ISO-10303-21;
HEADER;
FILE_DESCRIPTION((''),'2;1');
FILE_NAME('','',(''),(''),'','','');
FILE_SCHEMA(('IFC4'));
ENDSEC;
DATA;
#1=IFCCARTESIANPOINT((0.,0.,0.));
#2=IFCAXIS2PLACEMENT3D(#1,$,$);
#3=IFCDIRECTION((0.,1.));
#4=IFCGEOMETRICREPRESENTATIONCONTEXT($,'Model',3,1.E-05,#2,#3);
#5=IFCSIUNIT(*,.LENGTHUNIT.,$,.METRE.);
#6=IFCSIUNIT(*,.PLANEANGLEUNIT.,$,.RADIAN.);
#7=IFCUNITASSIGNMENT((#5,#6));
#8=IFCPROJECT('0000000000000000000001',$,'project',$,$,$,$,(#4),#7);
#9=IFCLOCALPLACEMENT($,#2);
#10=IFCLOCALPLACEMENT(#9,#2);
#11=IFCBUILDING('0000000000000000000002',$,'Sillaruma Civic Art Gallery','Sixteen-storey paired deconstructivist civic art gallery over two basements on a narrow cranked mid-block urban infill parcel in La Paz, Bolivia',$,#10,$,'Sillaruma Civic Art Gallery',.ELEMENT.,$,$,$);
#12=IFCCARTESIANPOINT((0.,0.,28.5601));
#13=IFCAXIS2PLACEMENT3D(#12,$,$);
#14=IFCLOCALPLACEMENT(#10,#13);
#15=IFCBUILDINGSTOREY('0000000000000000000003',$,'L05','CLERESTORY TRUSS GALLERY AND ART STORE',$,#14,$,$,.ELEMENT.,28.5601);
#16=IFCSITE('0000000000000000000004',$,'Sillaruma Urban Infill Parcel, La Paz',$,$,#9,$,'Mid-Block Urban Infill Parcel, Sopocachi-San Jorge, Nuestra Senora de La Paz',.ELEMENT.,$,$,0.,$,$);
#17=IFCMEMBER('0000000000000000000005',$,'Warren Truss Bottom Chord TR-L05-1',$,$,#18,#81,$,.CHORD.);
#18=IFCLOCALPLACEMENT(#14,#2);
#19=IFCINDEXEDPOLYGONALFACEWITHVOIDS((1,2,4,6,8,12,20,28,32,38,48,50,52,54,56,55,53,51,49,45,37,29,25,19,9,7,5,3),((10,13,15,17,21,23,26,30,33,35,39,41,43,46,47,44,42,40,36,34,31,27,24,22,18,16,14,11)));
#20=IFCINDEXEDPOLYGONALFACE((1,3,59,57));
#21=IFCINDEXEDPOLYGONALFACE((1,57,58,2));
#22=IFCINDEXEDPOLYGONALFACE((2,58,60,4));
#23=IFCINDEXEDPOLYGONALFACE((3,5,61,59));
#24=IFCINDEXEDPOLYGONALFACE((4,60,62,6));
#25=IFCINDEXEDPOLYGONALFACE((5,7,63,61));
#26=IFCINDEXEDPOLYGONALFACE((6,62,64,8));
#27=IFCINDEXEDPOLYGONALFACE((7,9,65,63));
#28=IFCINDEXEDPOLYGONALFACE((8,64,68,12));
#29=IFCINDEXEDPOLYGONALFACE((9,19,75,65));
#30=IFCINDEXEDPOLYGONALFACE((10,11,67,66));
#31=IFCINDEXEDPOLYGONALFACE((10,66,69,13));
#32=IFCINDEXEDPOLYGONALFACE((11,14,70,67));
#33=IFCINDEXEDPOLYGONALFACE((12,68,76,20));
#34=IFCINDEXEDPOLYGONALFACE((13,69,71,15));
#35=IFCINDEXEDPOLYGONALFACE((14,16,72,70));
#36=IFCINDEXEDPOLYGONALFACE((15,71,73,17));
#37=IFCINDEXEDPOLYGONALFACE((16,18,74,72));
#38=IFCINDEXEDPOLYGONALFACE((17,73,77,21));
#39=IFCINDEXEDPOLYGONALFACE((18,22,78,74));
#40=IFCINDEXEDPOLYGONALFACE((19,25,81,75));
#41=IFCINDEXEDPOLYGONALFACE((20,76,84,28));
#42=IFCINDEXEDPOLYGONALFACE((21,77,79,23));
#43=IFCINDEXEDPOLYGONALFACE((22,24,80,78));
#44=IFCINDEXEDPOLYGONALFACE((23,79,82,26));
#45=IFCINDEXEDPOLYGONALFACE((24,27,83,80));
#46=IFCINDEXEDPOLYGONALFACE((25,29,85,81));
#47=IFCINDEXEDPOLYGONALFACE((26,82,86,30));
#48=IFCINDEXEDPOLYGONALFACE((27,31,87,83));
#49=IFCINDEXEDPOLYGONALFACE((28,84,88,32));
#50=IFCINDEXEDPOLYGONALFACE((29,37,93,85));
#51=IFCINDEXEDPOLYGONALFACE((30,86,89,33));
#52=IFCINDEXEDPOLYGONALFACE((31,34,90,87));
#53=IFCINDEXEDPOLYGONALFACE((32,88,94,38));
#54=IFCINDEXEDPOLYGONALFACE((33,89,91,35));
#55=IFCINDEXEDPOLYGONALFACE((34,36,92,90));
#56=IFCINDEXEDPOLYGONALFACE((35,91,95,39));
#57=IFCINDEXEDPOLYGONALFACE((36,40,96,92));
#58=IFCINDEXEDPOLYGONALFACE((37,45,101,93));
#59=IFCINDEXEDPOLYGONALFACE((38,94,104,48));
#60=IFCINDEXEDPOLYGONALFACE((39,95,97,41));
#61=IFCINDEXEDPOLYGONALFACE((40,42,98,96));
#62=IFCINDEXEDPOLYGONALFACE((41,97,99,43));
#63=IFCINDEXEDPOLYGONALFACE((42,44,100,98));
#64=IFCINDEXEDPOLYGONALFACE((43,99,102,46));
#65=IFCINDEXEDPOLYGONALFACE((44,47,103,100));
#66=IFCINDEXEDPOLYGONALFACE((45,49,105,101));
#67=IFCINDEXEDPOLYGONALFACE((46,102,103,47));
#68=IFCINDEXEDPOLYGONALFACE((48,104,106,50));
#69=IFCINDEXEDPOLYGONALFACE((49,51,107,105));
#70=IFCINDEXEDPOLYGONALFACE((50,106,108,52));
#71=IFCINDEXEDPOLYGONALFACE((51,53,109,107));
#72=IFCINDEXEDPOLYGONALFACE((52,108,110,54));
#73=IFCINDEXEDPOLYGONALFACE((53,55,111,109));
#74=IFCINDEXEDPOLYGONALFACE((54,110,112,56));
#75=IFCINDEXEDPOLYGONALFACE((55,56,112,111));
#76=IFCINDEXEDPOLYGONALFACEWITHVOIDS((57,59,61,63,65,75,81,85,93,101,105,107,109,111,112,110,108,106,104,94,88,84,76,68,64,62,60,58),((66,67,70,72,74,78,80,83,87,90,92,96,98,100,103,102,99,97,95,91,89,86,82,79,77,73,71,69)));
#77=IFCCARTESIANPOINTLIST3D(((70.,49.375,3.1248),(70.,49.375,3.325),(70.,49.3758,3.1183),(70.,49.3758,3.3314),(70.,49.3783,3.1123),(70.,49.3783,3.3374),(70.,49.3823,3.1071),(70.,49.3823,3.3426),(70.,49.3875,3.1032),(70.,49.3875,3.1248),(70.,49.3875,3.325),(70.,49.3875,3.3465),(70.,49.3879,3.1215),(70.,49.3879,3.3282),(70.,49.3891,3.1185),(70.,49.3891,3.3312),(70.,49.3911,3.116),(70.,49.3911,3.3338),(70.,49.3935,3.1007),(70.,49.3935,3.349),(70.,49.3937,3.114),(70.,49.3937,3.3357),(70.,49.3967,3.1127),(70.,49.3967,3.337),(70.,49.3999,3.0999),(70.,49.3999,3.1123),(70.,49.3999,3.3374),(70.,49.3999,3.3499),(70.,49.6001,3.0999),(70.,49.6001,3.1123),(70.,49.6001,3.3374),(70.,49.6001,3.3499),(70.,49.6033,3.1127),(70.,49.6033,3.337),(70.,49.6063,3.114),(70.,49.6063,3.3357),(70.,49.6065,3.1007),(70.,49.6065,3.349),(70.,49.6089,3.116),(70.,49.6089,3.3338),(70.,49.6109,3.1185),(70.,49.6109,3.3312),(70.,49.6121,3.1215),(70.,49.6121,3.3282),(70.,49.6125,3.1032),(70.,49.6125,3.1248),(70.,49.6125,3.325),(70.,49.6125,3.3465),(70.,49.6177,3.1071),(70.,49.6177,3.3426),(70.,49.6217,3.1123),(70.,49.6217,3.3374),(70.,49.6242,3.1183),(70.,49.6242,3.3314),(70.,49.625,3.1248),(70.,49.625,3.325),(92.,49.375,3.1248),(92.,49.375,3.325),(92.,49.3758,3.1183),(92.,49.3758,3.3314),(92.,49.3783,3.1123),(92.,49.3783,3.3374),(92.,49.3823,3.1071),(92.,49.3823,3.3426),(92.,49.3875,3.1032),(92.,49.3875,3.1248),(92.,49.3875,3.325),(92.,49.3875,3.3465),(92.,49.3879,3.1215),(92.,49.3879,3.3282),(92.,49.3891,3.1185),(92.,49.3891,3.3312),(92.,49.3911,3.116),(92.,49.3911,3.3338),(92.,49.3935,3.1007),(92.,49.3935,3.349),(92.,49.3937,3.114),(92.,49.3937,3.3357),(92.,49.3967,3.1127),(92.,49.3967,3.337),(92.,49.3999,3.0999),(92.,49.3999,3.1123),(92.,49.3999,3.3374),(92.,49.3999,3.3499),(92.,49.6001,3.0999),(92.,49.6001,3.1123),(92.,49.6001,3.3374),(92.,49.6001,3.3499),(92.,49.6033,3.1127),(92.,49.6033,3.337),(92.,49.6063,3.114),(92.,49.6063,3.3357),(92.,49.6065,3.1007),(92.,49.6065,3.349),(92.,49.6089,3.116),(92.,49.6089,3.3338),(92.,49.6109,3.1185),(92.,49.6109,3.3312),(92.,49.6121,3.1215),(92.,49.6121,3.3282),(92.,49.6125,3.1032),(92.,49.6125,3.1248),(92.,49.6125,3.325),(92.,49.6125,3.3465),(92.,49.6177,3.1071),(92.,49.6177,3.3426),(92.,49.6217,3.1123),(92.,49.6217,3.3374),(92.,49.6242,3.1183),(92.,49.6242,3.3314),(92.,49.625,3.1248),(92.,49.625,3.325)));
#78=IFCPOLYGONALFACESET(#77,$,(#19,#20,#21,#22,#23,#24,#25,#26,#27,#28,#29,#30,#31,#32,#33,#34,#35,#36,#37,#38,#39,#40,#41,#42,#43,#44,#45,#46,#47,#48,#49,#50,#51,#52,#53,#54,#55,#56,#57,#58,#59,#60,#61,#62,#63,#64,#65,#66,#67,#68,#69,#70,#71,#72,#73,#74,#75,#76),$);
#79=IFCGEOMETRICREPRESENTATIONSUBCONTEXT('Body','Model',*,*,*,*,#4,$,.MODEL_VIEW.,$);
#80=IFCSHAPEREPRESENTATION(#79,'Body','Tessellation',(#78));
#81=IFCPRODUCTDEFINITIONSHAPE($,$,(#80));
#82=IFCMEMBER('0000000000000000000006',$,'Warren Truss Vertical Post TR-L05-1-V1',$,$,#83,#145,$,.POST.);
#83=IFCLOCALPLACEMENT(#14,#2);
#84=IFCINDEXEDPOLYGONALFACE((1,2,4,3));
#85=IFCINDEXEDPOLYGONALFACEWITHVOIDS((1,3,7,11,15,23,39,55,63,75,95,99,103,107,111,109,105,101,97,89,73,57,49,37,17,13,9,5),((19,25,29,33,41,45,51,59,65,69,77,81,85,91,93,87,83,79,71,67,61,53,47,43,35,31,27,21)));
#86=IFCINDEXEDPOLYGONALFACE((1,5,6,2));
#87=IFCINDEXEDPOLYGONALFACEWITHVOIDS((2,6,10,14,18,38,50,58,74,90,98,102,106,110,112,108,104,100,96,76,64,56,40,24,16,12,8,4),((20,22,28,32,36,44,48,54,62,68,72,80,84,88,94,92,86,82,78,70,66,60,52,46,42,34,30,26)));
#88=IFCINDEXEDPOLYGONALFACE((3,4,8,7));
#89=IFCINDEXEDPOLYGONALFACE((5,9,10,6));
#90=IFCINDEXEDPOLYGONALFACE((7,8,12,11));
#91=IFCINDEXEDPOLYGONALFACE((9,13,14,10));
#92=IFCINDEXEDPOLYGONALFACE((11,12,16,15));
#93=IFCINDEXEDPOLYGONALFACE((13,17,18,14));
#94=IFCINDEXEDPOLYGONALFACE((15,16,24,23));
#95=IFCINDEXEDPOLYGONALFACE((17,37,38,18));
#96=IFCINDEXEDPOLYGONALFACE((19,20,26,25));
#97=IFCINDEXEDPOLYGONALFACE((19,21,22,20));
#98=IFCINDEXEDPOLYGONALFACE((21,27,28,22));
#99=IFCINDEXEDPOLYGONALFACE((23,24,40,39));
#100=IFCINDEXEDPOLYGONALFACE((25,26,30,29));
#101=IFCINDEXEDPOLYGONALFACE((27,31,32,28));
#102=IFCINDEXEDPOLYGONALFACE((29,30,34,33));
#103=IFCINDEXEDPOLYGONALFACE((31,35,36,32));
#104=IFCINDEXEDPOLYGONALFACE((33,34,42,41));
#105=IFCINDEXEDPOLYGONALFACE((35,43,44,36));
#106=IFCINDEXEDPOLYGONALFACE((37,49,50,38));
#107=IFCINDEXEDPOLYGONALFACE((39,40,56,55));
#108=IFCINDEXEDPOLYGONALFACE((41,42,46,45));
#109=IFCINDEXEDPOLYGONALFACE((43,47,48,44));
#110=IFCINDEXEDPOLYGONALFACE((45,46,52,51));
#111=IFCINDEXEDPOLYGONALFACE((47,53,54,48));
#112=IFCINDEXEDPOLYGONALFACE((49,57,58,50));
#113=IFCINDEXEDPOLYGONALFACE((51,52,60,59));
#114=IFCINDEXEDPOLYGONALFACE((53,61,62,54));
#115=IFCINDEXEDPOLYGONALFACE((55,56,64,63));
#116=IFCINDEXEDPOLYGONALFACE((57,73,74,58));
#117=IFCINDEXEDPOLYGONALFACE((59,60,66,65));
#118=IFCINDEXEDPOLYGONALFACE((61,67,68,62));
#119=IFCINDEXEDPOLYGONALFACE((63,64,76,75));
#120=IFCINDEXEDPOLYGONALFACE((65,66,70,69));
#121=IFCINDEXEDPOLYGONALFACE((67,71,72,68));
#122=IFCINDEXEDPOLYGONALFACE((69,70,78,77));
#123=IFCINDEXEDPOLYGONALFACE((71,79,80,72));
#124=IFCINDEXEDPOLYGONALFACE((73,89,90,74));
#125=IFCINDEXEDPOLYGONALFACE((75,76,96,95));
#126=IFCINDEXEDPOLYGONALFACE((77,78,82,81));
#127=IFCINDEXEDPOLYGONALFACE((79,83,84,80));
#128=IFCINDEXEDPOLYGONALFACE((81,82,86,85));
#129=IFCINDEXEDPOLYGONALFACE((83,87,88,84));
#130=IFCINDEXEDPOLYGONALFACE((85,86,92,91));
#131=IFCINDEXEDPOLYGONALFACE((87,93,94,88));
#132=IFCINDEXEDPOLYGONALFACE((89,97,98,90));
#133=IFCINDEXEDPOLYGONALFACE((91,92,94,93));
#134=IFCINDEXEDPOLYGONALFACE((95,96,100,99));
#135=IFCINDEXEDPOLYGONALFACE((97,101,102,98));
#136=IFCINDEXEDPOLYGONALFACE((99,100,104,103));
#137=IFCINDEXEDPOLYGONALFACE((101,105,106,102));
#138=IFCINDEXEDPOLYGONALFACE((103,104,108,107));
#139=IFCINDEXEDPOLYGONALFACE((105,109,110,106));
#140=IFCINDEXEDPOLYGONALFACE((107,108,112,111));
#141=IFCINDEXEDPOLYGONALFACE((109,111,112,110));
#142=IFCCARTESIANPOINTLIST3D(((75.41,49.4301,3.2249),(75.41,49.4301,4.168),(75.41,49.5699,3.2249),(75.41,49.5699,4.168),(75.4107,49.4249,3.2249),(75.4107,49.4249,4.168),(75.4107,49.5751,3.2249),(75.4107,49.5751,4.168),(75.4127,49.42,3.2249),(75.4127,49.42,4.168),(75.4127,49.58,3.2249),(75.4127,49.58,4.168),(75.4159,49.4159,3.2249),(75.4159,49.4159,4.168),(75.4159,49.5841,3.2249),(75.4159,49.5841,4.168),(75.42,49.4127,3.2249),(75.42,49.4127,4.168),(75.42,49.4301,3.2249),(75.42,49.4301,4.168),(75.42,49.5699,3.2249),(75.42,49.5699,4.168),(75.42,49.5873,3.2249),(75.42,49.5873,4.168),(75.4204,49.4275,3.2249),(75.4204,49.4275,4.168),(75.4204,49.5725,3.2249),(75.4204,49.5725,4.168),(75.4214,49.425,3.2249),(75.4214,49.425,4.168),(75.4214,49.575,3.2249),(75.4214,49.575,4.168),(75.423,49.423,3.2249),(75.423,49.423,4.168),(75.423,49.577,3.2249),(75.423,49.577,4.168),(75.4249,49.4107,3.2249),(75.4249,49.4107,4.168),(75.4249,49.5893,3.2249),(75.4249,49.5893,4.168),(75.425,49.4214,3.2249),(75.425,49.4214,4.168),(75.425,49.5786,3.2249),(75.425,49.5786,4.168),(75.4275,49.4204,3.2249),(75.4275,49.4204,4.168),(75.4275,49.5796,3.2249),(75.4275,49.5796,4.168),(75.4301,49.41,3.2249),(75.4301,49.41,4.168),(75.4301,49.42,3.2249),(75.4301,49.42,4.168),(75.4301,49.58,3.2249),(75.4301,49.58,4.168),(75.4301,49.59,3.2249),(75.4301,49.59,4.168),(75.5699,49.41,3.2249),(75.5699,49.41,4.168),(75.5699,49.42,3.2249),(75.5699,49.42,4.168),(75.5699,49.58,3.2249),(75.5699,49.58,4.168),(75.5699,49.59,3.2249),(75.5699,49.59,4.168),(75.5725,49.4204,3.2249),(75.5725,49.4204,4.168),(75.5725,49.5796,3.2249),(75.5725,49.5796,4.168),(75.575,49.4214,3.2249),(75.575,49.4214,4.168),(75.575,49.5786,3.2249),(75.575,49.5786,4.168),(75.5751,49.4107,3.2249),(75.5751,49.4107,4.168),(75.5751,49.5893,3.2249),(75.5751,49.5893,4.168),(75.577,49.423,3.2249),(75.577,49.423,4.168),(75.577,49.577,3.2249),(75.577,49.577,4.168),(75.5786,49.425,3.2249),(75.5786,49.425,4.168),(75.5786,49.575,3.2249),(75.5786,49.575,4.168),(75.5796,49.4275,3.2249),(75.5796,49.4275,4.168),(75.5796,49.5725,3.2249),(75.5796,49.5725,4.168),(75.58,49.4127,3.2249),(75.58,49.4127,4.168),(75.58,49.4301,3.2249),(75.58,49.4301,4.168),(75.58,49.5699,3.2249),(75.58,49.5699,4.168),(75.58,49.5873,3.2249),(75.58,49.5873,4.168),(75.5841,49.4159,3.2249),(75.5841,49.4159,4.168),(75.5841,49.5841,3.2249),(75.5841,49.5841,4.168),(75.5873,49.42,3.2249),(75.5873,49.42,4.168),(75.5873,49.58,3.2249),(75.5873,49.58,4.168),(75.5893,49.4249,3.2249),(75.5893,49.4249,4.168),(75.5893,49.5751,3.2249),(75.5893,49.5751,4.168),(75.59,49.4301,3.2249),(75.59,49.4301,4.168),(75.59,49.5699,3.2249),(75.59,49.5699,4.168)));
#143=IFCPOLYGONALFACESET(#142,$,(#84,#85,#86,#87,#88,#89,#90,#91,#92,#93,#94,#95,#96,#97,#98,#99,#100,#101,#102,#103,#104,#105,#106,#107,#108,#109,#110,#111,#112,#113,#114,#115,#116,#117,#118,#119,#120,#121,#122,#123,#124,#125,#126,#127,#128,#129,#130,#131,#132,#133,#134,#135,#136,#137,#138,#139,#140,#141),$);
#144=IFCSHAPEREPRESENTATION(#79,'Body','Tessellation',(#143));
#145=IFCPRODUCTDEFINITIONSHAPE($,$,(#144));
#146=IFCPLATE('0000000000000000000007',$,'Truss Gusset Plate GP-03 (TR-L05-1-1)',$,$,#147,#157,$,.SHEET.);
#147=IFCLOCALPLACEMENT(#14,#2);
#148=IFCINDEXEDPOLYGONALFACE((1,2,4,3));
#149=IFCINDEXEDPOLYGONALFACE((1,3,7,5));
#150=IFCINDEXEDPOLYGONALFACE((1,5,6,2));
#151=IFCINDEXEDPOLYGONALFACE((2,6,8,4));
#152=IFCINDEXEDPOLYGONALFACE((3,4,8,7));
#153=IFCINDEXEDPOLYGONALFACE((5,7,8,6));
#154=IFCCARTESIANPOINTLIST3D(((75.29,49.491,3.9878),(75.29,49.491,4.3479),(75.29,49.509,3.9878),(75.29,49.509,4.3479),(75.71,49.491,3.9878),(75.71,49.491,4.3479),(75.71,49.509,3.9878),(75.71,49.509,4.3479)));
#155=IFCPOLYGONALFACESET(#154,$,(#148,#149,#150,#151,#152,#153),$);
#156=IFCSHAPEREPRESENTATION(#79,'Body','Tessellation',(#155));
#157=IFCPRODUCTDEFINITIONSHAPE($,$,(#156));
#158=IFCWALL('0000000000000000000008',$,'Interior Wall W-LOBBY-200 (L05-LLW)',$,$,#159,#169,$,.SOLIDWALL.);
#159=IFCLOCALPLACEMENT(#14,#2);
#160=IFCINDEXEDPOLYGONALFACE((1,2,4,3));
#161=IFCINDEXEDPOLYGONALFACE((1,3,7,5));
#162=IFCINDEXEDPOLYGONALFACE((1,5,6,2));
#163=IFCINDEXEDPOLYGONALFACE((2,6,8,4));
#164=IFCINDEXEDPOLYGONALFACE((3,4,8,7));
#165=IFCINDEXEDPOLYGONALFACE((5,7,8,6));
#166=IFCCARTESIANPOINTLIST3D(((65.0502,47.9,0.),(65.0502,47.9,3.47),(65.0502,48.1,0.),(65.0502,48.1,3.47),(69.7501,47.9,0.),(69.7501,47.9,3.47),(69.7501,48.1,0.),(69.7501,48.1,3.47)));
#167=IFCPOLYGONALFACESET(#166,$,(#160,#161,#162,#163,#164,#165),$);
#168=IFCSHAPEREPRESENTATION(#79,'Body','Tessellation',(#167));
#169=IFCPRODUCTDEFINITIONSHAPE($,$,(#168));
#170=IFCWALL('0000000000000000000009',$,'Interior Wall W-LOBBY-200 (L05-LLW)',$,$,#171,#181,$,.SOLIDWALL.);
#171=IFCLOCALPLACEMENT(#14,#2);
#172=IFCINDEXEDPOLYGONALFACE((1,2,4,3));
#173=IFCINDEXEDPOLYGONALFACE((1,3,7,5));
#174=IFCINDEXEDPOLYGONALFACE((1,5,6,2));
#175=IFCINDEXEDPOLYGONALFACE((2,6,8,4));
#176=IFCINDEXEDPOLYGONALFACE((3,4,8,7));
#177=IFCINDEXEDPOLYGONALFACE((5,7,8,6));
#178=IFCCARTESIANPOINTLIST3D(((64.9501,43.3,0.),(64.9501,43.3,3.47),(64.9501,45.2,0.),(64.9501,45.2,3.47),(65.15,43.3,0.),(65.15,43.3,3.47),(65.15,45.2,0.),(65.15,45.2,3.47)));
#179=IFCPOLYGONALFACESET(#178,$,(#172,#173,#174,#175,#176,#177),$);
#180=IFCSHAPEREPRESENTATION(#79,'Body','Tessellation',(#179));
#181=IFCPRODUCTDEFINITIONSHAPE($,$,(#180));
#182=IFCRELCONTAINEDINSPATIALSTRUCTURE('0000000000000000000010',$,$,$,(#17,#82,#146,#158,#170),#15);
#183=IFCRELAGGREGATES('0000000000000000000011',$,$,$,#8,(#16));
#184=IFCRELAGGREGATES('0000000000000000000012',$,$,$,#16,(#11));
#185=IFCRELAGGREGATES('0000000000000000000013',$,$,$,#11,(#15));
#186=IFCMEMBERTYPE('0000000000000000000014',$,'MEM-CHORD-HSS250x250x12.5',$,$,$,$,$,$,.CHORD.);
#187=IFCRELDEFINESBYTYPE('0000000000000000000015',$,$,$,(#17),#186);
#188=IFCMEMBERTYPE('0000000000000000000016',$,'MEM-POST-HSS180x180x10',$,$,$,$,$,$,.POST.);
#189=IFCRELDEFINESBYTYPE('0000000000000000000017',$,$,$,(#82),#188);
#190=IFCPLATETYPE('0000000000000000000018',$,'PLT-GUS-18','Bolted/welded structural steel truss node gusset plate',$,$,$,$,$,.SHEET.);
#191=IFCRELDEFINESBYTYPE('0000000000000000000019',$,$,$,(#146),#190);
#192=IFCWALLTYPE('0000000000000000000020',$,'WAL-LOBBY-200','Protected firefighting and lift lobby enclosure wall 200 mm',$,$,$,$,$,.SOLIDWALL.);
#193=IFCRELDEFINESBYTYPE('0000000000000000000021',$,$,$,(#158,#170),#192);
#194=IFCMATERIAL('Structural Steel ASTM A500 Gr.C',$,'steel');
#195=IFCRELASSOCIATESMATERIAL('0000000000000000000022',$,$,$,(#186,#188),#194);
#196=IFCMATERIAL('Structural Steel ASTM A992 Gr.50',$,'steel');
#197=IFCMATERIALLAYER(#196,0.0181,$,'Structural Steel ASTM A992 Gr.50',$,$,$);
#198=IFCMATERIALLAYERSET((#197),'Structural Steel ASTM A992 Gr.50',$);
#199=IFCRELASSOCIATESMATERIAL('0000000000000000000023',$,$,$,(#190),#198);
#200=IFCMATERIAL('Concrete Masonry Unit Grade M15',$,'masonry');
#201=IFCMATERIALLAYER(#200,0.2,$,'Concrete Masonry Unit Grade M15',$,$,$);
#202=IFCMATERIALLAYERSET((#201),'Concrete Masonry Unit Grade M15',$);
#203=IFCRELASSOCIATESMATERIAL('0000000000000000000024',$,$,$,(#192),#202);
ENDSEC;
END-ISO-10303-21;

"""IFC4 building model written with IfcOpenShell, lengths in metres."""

from ifc_helpers import new_model, si_unit, direction, frame, frame_2d, origin, origin_2d, place, context, subcontext, project, spatial, rectangle, hollow_rectangle, extrude, material, layer, layer_set, material_profile, profile_set, type_object, element, save


model = new_model("IFC4")

# Units and contexts
model_context = context("Model", 3, precision=1e-05, world=origin(), true_north=direction((0.0, 1.0)))
body_context = subcontext(model_context, "Body", "Model", "MODEL_VIEW")
ifc_project = project(units=[si_unit("LENGTHUNIT", "METRE"), si_unit("PLANEANGLEUNIT", "RADIAN")], contexts=[model_context])

# Site, building, storey
site_placement = place(None, origin())
site = spatial("IfcSite", under=ifc_project, at=site_placement, Name="Sillaruma Urban Infill Parcel, La Paz", LongName="Mid-Block Urban Infill Parcel, Sopocachi-San Jorge, Nuestra Senora de La Paz", CompositionType="ELEMENT", RefElevation=0.0)
building_placement = place(site_placement, origin())
building = spatial("IfcBuilding", under=site, at=building_placement, Name="Sillaruma Civic Art Gallery", Description="Sixteen-storey paired deconstructivist civic art gallery over two basements on a narrow cranked mid-block urban infill parcel in La Paz, Bolivia", LongName="Sillaruma Civic Art Gallery", CompositionType="ELEMENT")
storey_placement = place(building_placement, frame((0.0, 0.0, 28.5601)))
storey = spatial("IfcBuildingStorey", under=building, at=storey_placement, Name="L05", Description="CLERESTORY TRUSS GALLERY AND ART STORE", CompositionType="ELEMENT", Elevation=28.5601)

# Shared definitions
ifc_material_1 = material(Name="Structural Steel ASTM A992 Gr.50", Category="steel")

# Members
ifc_material_2 = material(Name="Structural Steel ASTM A500 Gr.C", Category="steel")
ifc_material_profile_1 = material_profile(ifc_material_2, hollow_rectangle(XDim=0.25, YDim=0.25, WallThickness=0.0125, InnerFilletRadius=0.0125, OuterFilletRadius=0.0249, at=origin_2d()), Name="HSS250x250x12.5")
ifc_profile_set_1 = profile_set([ifc_material_profile_1], Name="Structural Steel ASTM A500 Gr.C")
member_type_1 = type_object("IfcMemberType", Name="MEM-CHORD-HSS250x250x12.5", PredefinedType="CHORD", material=ifc_profile_set_1)
member_1_placement = place(storey_placement, frame((70.0, 49.5, 3.2249), z_axis=(1.0, 0.0, 0.0), x_axis=(0.0, 1.0, 0.0)))
element("IfcMember", 1, at=member_1_placement, inside=storey, type_object=member_type_1, Name="Warren Truss Bottom Chord TR-L05-1", PredefinedType="CHORD", context=body_context, shape_type="SweptSolid", body=[
    extrude(hollow_rectangle(XDim=0.25, YDim=0.25, WallThickness=0.0125, InnerFilletRadius=0.0125, OuterFilletRadius=0.0249, at=origin_2d()), origin(), (0.0, 0.0, 1.0), 22.0),
])
ifc_material_profile_2 = material_profile(ifc_material_2, hollow_rectangle(XDim=0.1799, YDim=0.1799, WallThickness=0.01, InnerFilletRadius=0.01, OuterFilletRadius=0.02, at=origin_2d()), Name="HSS180x180x10")
ifc_profile_set_2 = profile_set([ifc_material_profile_2], Name="Structural Steel ASTM A500 Gr.C")
member_type_2 = type_object("IfcMemberType", Name="MEM-POST-HSS180x180x10", PredefinedType="POST", material=ifc_profile_set_2)
member_2_placement = place(storey_placement, frame((75.5, 49.5, 3.2249), z_axis=(0.0, 0.0, 1.0), x_axis=(1.0, 0.0, 0.0)))
element("IfcMember", 2, at=member_2_placement, inside=storey, type_object=member_type_2, Name="Warren Truss Vertical Post TR-L05-1-V1", PredefinedType="POST", context=body_context, shape_type="SweptSolid", body=[
    extrude(hollow_rectangle(XDim=0.1799, YDim=0.1799, WallThickness=0.01, InnerFilletRadius=0.01, OuterFilletRadius=0.02, at=origin_2d()), origin(), (0.0, 0.0, 1.0), 0.9431),
])

# Plate
ifc_layer_1 = layer(ifc_material_1, 0.0181, Name="Structural Steel ASTM A992 Gr.50")
ifc_layer_set_1 = layer_set([ifc_layer_1], Name="Structural Steel ASTM A992 Gr.50")
plate_type = type_object("IfcPlateType", Name="PLT-GUS-18", Description="Bolted/welded structural steel truss node gusset plate", PredefinedType="SHEET", material=ifc_layer_set_1)
plate_placement = place(storey_placement, frame((75.5, 49.5, 3.9878), z_axis=(0.0, 0.0, 1.0), x_axis=(1.0, 0.0, 0.0)))
element("IfcPlate", 3, at=plate_placement, inside=storey, type_object=plate_type, Name="Truss Gusset Plate GP-03 (TR-L05-1-1)", PredefinedType="SHEET", context=body_context, shape_type="SweptSolid", body=[
    extrude(rectangle(XDim=0.4199, YDim=0.0181, at=origin_2d()), origin(), (0.0, 0.0, 1.0), 0.3601),
])

# Walls
ifc_material_3 = material(Name="Concrete Masonry Unit Grade M15", Category="masonry")
ifc_layer_2 = layer(ifc_material_3, 0.2, Name="Concrete Masonry Unit Grade M15")
ifc_layer_set_2 = layer_set([ifc_layer_2], Name="Concrete Masonry Unit Grade M15")
wall_type_1 = type_object("IfcWallType", Name="WAL-LOBBY-200", Description="Protected firefighting and lift lobby enclosure wall 200 mm", PredefinedType="SOLIDWALL", material=ifc_layer_set_2)
wall_1_placement = place(storey_placement, frame((65.05, 48.0, 0.0), z_axis=(0.0, 0.0, 1.0), x_axis=(1.0, 0.0, 0.0)))
element("IfcWall", 4, at=wall_1_placement, inside=storey, type_object=wall_type_1, Name="Interior Wall W-LOBBY-200 (L05-LLW)", PredefinedType="SOLIDWALL", context=body_context, shape_type="SweptSolid", body=[
    extrude(rectangle(XDim=4.7, YDim=0.2, at=frame_2d((2.3501, 0.0))), origin(), (0.0, 0.0, 1.0), 3.47),
])
wall_2_placement = place(storey_placement, frame((65.05, 43.3, 0.0), z_axis=(0.0, 0.0, 1.0), x_axis=(0.0, 1.0, 0.0)))
element("IfcWall", 5, at=wall_2_placement, inside=storey, type_object=wall_type_1, Name="Interior Wall W-LOBBY-200 (L05-LLW)", PredefinedType="SOLIDWALL", context=body_context, shape_type="SweptSolid", body=[
    extrude(rectangle(XDim=1.8999, YDim=0.2, at=frame_2d((0.95, 0.0))), origin(), (0.0, 0.0, 1.0), 3.47),
])

save(model, "model.ifc")
